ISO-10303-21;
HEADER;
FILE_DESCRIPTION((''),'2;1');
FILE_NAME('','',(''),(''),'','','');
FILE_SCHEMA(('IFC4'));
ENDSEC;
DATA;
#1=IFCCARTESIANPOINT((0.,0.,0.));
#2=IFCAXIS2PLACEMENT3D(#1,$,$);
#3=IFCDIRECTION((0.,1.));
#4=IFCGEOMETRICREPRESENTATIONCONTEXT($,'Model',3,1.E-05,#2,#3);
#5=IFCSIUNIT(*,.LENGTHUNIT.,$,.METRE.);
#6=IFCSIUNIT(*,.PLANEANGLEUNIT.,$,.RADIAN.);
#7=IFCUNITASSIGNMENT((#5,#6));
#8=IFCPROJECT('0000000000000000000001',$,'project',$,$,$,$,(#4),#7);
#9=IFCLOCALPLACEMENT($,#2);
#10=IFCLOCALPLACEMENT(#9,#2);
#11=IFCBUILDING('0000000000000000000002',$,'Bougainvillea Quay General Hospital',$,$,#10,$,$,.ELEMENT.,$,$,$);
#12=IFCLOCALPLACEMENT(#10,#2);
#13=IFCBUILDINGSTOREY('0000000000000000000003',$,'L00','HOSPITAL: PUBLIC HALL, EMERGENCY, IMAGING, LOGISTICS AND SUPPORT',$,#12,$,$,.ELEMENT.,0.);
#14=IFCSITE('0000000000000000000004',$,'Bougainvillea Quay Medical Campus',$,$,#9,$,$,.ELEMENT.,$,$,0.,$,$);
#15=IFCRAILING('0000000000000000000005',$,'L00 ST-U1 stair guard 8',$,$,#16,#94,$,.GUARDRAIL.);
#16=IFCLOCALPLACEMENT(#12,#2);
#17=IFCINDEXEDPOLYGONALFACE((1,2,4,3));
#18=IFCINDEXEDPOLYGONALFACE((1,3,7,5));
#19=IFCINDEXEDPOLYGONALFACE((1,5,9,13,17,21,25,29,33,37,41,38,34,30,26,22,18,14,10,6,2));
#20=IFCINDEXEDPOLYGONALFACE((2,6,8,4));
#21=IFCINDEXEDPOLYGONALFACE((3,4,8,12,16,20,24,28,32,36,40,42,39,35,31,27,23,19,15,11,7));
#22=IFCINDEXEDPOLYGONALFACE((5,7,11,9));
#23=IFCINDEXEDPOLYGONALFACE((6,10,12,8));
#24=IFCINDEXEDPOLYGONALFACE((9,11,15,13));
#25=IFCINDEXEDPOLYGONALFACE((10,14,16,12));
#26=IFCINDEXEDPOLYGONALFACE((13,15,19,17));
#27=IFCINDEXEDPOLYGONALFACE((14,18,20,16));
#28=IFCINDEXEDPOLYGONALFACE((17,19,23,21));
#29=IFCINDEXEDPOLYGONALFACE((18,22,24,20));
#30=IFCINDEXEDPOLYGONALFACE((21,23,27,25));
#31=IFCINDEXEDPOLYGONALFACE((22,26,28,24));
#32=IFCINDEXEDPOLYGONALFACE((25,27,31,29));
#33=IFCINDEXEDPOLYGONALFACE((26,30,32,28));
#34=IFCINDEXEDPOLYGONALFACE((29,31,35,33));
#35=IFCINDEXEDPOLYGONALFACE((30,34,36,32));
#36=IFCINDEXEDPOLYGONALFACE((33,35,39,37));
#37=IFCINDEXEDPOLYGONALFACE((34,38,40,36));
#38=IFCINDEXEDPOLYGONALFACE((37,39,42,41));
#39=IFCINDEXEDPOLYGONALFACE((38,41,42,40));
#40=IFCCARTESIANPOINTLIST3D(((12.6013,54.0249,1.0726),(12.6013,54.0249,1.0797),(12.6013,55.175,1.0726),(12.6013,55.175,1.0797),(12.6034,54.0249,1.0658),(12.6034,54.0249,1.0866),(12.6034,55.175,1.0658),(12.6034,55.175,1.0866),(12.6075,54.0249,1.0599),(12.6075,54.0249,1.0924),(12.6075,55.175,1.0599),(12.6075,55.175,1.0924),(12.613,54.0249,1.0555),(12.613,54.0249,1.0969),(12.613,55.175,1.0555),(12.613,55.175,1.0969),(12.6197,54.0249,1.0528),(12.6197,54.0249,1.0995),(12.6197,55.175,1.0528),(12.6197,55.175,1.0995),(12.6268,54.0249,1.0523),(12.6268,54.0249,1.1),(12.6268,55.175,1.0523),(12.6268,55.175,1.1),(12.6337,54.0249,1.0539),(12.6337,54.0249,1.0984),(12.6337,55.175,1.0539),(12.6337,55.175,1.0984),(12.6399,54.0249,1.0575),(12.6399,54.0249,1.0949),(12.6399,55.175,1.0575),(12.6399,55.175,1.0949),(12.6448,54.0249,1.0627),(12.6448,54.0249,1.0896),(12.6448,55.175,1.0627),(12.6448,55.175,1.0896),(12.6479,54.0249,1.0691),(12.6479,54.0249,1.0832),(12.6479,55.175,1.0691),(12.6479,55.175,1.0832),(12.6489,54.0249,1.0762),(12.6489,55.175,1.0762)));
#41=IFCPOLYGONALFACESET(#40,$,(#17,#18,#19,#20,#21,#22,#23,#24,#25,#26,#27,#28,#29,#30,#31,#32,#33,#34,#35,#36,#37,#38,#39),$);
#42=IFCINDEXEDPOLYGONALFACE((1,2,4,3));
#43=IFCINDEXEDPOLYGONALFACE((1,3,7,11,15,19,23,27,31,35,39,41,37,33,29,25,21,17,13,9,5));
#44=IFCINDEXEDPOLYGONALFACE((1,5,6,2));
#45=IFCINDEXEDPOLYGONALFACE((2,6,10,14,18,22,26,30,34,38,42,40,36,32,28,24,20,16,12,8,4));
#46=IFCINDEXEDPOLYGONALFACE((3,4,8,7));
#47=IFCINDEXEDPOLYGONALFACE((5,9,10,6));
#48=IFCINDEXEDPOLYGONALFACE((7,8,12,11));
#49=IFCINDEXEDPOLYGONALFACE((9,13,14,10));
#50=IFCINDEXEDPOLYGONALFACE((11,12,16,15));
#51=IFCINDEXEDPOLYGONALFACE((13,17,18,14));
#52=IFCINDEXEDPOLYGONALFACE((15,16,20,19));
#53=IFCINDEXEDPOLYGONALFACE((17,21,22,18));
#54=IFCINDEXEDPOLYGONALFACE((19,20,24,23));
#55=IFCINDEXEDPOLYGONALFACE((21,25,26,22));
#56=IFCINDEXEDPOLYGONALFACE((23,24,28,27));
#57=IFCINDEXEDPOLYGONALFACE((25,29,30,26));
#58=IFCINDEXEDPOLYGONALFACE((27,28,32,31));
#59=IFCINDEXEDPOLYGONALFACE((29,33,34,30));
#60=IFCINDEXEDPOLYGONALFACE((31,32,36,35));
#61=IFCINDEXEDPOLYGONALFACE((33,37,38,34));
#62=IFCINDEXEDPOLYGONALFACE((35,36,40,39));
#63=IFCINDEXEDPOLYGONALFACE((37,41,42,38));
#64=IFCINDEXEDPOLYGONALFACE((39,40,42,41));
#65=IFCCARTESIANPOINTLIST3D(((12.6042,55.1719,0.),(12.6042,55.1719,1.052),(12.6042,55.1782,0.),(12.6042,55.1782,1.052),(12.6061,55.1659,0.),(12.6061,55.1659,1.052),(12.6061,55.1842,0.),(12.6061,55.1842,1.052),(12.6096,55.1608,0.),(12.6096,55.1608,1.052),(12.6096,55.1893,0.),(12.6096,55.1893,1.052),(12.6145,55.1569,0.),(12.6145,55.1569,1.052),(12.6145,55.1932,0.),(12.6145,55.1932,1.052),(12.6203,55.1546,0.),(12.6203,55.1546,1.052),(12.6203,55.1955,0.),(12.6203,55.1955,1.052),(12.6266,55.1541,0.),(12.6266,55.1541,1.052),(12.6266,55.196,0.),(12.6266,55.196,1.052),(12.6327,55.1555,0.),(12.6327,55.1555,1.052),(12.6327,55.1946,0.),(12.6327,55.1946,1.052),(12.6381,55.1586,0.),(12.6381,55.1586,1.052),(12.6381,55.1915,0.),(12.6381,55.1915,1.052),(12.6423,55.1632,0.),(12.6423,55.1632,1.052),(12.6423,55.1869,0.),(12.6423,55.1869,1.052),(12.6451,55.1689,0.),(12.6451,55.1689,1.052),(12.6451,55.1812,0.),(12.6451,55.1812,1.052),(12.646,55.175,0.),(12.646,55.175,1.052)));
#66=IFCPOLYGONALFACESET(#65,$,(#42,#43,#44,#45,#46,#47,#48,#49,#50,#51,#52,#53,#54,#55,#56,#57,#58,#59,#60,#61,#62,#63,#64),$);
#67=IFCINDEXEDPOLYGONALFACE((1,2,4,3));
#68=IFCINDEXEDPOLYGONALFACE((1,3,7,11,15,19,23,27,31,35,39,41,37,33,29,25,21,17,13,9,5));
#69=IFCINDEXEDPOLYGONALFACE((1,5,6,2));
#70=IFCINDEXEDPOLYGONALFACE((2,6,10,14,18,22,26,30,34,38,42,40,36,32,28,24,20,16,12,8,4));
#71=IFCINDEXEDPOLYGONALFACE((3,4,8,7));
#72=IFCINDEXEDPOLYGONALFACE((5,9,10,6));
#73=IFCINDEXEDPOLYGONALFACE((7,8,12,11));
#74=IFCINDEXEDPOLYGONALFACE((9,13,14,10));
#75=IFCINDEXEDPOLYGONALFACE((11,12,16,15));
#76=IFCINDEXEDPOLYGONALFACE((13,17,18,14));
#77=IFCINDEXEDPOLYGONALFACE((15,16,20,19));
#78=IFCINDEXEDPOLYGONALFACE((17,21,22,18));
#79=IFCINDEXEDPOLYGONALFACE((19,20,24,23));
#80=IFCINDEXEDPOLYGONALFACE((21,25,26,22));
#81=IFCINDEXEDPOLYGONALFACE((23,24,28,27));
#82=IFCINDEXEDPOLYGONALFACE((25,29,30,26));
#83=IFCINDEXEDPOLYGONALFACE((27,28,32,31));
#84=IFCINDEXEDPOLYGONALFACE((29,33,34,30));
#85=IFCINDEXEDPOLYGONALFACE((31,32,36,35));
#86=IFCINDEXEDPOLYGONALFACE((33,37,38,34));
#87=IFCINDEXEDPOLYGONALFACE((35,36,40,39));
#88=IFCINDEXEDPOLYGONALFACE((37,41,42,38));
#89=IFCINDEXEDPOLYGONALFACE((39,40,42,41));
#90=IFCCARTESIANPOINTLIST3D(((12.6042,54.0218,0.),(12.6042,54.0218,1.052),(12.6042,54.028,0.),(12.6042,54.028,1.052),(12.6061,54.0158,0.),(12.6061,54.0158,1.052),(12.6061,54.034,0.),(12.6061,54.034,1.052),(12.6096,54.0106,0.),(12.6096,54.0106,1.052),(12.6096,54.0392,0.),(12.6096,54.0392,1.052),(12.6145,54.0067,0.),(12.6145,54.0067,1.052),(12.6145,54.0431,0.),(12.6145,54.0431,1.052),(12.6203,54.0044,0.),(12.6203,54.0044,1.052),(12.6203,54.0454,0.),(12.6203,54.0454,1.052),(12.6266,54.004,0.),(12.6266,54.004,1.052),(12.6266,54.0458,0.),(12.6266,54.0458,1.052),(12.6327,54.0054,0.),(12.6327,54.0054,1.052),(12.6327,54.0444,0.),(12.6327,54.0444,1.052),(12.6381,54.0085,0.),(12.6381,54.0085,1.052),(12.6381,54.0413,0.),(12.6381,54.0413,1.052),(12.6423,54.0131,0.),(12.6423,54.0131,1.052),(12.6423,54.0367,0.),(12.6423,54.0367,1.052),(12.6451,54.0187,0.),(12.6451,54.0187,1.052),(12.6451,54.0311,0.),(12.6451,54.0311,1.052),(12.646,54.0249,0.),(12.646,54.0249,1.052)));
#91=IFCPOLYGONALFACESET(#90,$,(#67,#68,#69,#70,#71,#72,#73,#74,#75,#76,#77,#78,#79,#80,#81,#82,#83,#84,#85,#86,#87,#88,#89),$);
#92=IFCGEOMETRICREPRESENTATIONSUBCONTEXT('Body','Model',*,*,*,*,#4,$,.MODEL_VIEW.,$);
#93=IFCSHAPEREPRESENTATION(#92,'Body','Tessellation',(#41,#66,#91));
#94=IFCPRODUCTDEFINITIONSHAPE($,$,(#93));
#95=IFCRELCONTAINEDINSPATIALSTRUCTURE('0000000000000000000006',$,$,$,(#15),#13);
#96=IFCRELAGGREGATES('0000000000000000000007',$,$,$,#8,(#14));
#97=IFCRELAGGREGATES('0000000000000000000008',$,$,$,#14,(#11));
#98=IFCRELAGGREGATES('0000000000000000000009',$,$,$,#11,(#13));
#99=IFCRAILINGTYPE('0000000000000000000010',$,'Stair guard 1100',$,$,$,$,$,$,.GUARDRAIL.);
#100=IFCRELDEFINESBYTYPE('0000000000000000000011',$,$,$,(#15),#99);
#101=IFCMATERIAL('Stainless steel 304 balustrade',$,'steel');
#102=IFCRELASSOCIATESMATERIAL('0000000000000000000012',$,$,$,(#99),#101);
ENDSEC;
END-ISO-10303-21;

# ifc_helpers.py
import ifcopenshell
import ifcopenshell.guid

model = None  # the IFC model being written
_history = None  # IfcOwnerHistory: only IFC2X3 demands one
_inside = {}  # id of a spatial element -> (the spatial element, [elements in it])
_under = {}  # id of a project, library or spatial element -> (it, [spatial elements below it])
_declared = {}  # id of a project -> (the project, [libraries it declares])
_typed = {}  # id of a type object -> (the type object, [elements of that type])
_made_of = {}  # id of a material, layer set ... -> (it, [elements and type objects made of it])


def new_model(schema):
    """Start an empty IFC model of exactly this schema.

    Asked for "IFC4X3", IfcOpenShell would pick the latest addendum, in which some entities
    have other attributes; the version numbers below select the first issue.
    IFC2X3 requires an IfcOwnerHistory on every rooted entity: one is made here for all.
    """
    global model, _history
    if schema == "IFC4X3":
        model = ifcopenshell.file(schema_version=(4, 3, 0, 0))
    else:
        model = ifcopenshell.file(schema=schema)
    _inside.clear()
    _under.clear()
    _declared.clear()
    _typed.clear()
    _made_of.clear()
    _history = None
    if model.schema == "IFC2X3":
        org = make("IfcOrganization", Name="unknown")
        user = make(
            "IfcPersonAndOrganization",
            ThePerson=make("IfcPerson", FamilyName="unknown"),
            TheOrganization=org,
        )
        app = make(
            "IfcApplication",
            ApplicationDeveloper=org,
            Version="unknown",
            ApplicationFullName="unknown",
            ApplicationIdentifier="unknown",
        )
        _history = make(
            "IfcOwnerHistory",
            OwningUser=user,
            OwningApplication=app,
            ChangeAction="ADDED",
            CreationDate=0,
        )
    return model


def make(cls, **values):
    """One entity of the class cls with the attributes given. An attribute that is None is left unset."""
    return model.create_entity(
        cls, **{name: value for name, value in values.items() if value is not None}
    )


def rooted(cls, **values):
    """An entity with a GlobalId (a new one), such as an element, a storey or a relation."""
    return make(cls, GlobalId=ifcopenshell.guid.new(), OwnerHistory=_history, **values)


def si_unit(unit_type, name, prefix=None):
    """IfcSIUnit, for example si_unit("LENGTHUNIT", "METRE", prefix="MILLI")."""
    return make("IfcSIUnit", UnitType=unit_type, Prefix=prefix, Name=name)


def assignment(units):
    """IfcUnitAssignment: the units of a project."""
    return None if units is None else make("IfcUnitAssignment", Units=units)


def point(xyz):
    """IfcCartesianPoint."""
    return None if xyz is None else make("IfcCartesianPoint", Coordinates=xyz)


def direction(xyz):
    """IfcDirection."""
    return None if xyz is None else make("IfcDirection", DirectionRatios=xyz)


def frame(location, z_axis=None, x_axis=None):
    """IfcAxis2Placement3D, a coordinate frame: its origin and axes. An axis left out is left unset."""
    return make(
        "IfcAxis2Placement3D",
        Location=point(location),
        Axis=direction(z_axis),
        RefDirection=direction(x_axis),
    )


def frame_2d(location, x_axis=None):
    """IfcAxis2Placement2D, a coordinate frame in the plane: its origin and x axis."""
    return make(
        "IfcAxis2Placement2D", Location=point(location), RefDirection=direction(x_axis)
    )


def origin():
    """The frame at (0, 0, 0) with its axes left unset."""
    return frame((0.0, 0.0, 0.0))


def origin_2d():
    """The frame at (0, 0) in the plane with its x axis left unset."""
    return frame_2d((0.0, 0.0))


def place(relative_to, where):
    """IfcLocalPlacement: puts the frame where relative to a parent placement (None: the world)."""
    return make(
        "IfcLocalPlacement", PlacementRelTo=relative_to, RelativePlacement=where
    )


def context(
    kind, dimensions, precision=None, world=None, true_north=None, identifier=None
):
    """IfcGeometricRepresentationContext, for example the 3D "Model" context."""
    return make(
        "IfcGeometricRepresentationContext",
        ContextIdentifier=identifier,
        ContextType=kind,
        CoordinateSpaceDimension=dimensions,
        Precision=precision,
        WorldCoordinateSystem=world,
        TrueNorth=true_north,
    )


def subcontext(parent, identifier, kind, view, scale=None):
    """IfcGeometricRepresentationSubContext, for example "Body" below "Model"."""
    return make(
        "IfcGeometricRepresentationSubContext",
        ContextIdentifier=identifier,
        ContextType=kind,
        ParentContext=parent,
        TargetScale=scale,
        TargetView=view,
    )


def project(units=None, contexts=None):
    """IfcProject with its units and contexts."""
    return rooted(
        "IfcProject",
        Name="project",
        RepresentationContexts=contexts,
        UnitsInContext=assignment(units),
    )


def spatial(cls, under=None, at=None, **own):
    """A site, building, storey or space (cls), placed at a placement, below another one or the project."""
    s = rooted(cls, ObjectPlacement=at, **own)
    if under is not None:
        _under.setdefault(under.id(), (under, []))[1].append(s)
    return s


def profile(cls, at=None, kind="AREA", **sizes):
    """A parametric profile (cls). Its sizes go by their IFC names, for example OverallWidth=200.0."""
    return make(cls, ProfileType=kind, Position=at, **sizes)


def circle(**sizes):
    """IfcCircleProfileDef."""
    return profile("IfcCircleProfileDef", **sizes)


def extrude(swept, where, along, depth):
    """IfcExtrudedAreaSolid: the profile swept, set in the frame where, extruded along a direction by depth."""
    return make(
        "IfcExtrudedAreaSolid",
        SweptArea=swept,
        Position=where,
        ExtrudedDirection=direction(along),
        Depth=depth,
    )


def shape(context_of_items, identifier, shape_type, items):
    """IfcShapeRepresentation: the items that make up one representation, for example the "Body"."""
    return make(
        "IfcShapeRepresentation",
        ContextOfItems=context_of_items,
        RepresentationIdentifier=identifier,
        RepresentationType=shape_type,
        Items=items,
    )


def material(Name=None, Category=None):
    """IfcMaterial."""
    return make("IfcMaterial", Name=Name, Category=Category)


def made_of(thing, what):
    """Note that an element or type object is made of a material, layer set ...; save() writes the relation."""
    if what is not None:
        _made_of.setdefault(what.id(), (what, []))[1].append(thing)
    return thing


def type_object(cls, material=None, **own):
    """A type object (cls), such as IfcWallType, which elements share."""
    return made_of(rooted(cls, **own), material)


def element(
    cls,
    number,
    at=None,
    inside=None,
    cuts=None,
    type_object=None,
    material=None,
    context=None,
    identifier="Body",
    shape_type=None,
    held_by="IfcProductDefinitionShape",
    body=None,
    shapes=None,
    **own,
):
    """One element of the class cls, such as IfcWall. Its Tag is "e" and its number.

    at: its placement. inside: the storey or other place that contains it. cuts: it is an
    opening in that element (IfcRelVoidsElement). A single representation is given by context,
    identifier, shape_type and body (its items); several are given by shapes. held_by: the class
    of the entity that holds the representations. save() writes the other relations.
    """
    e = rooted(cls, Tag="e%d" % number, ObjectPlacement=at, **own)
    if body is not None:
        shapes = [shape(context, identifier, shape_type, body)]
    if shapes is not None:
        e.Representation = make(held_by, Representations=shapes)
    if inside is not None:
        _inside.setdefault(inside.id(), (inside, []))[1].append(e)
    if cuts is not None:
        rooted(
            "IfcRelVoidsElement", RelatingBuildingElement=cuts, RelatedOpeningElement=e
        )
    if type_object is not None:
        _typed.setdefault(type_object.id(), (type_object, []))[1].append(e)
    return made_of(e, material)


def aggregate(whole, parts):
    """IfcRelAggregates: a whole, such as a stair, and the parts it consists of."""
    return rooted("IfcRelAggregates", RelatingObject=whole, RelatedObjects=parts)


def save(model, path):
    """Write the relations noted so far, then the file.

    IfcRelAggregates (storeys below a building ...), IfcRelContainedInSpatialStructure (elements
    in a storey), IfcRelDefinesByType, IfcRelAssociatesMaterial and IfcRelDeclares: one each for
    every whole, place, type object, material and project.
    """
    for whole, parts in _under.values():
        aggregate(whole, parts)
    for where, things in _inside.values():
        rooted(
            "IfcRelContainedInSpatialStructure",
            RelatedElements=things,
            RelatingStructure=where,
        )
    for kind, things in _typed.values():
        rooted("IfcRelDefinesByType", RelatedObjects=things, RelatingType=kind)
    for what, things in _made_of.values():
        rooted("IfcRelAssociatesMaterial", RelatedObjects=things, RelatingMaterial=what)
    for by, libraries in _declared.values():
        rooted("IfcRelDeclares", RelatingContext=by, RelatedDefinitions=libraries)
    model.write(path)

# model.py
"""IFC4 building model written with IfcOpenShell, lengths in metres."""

from ifc_helpers import new_model, si_unit, direction, frame, origin, origin_2d, place, context, subcontext, project, spatial, circle, extrude, material, type_object, element, save


model = new_model("IFC4")

# Units and contexts
model_context = context("Model", 3, precision=1e-05, world=origin(), true_north=direction((0.0, 1.0)))
body_context = subcontext(model_context, "Body", "Model", "MODEL_VIEW")
ifc_project = project(units=[si_unit("LENGTHUNIT", "METRE"), si_unit("PLANEANGLEUNIT", "RADIAN")], contexts=[model_context])

# Site, building, storey
site_placement = place(None, origin())
site = spatial("IfcSite", under=ifc_project, at=site_placement, Name="Bougainvillea Quay Medical Campus", CompositionType="ELEMENT", RefElevation=0.0)
building_placement = place(site_placement, origin())
building = spatial("IfcBuilding", under=site, at=building_placement, Name="Bougainvillea Quay General Hospital", CompositionType="ELEMENT")
storey_placement = place(building_placement, origin())
storey = spatial("IfcBuildingStorey", under=building, at=storey_placement, Name="L00", Description="HOSPITAL: PUBLIC HALL, EMERGENCY, IMAGING, LOGISTICS AND SUPPORT", CompositionType="ELEMENT", Elevation=0.0)

# Railing
ifc_material_1 = material(Name="Stainless steel 304 balustrade", Category="steel")
railing_type_1 = type_object("IfcRailingType", Name="Stair guard 1100", PredefinedType="GUARDRAIL", material=ifc_material_1)
railing_1_placement = place(storey_placement, frame((12.625, 55.175, 0.0)))
element("IfcRailing", 1, at=railing_1_placement, inside=storey, type_object=railing_type_1, Name="L00 ST-U1 stair guard 8", PredefinedType="GUARDRAIL", context=body_context, shape_type="SweptSolid", body=[
    extrude(circle(Radius=0.0239, at=origin_2d()), frame((0.0, 0.0, 1.0762), z_axis=(0.0, -1.0, 0.0), x_axis=(1.0, 0.0, 0.0)), (0.0, 0.0, 1.0), 1.1501),
    extrude(circle(Radius=0.021, at=origin_2d()), origin(), (0.0, 0.0, 1.0), 1.052),
    extrude(circle(Radius=0.021, at=origin_2d()), frame((0.0, -1.1501, 0.0)), (0.0, 0.0, 1.0), 1.052),
])

save(model, "model.ifc")
